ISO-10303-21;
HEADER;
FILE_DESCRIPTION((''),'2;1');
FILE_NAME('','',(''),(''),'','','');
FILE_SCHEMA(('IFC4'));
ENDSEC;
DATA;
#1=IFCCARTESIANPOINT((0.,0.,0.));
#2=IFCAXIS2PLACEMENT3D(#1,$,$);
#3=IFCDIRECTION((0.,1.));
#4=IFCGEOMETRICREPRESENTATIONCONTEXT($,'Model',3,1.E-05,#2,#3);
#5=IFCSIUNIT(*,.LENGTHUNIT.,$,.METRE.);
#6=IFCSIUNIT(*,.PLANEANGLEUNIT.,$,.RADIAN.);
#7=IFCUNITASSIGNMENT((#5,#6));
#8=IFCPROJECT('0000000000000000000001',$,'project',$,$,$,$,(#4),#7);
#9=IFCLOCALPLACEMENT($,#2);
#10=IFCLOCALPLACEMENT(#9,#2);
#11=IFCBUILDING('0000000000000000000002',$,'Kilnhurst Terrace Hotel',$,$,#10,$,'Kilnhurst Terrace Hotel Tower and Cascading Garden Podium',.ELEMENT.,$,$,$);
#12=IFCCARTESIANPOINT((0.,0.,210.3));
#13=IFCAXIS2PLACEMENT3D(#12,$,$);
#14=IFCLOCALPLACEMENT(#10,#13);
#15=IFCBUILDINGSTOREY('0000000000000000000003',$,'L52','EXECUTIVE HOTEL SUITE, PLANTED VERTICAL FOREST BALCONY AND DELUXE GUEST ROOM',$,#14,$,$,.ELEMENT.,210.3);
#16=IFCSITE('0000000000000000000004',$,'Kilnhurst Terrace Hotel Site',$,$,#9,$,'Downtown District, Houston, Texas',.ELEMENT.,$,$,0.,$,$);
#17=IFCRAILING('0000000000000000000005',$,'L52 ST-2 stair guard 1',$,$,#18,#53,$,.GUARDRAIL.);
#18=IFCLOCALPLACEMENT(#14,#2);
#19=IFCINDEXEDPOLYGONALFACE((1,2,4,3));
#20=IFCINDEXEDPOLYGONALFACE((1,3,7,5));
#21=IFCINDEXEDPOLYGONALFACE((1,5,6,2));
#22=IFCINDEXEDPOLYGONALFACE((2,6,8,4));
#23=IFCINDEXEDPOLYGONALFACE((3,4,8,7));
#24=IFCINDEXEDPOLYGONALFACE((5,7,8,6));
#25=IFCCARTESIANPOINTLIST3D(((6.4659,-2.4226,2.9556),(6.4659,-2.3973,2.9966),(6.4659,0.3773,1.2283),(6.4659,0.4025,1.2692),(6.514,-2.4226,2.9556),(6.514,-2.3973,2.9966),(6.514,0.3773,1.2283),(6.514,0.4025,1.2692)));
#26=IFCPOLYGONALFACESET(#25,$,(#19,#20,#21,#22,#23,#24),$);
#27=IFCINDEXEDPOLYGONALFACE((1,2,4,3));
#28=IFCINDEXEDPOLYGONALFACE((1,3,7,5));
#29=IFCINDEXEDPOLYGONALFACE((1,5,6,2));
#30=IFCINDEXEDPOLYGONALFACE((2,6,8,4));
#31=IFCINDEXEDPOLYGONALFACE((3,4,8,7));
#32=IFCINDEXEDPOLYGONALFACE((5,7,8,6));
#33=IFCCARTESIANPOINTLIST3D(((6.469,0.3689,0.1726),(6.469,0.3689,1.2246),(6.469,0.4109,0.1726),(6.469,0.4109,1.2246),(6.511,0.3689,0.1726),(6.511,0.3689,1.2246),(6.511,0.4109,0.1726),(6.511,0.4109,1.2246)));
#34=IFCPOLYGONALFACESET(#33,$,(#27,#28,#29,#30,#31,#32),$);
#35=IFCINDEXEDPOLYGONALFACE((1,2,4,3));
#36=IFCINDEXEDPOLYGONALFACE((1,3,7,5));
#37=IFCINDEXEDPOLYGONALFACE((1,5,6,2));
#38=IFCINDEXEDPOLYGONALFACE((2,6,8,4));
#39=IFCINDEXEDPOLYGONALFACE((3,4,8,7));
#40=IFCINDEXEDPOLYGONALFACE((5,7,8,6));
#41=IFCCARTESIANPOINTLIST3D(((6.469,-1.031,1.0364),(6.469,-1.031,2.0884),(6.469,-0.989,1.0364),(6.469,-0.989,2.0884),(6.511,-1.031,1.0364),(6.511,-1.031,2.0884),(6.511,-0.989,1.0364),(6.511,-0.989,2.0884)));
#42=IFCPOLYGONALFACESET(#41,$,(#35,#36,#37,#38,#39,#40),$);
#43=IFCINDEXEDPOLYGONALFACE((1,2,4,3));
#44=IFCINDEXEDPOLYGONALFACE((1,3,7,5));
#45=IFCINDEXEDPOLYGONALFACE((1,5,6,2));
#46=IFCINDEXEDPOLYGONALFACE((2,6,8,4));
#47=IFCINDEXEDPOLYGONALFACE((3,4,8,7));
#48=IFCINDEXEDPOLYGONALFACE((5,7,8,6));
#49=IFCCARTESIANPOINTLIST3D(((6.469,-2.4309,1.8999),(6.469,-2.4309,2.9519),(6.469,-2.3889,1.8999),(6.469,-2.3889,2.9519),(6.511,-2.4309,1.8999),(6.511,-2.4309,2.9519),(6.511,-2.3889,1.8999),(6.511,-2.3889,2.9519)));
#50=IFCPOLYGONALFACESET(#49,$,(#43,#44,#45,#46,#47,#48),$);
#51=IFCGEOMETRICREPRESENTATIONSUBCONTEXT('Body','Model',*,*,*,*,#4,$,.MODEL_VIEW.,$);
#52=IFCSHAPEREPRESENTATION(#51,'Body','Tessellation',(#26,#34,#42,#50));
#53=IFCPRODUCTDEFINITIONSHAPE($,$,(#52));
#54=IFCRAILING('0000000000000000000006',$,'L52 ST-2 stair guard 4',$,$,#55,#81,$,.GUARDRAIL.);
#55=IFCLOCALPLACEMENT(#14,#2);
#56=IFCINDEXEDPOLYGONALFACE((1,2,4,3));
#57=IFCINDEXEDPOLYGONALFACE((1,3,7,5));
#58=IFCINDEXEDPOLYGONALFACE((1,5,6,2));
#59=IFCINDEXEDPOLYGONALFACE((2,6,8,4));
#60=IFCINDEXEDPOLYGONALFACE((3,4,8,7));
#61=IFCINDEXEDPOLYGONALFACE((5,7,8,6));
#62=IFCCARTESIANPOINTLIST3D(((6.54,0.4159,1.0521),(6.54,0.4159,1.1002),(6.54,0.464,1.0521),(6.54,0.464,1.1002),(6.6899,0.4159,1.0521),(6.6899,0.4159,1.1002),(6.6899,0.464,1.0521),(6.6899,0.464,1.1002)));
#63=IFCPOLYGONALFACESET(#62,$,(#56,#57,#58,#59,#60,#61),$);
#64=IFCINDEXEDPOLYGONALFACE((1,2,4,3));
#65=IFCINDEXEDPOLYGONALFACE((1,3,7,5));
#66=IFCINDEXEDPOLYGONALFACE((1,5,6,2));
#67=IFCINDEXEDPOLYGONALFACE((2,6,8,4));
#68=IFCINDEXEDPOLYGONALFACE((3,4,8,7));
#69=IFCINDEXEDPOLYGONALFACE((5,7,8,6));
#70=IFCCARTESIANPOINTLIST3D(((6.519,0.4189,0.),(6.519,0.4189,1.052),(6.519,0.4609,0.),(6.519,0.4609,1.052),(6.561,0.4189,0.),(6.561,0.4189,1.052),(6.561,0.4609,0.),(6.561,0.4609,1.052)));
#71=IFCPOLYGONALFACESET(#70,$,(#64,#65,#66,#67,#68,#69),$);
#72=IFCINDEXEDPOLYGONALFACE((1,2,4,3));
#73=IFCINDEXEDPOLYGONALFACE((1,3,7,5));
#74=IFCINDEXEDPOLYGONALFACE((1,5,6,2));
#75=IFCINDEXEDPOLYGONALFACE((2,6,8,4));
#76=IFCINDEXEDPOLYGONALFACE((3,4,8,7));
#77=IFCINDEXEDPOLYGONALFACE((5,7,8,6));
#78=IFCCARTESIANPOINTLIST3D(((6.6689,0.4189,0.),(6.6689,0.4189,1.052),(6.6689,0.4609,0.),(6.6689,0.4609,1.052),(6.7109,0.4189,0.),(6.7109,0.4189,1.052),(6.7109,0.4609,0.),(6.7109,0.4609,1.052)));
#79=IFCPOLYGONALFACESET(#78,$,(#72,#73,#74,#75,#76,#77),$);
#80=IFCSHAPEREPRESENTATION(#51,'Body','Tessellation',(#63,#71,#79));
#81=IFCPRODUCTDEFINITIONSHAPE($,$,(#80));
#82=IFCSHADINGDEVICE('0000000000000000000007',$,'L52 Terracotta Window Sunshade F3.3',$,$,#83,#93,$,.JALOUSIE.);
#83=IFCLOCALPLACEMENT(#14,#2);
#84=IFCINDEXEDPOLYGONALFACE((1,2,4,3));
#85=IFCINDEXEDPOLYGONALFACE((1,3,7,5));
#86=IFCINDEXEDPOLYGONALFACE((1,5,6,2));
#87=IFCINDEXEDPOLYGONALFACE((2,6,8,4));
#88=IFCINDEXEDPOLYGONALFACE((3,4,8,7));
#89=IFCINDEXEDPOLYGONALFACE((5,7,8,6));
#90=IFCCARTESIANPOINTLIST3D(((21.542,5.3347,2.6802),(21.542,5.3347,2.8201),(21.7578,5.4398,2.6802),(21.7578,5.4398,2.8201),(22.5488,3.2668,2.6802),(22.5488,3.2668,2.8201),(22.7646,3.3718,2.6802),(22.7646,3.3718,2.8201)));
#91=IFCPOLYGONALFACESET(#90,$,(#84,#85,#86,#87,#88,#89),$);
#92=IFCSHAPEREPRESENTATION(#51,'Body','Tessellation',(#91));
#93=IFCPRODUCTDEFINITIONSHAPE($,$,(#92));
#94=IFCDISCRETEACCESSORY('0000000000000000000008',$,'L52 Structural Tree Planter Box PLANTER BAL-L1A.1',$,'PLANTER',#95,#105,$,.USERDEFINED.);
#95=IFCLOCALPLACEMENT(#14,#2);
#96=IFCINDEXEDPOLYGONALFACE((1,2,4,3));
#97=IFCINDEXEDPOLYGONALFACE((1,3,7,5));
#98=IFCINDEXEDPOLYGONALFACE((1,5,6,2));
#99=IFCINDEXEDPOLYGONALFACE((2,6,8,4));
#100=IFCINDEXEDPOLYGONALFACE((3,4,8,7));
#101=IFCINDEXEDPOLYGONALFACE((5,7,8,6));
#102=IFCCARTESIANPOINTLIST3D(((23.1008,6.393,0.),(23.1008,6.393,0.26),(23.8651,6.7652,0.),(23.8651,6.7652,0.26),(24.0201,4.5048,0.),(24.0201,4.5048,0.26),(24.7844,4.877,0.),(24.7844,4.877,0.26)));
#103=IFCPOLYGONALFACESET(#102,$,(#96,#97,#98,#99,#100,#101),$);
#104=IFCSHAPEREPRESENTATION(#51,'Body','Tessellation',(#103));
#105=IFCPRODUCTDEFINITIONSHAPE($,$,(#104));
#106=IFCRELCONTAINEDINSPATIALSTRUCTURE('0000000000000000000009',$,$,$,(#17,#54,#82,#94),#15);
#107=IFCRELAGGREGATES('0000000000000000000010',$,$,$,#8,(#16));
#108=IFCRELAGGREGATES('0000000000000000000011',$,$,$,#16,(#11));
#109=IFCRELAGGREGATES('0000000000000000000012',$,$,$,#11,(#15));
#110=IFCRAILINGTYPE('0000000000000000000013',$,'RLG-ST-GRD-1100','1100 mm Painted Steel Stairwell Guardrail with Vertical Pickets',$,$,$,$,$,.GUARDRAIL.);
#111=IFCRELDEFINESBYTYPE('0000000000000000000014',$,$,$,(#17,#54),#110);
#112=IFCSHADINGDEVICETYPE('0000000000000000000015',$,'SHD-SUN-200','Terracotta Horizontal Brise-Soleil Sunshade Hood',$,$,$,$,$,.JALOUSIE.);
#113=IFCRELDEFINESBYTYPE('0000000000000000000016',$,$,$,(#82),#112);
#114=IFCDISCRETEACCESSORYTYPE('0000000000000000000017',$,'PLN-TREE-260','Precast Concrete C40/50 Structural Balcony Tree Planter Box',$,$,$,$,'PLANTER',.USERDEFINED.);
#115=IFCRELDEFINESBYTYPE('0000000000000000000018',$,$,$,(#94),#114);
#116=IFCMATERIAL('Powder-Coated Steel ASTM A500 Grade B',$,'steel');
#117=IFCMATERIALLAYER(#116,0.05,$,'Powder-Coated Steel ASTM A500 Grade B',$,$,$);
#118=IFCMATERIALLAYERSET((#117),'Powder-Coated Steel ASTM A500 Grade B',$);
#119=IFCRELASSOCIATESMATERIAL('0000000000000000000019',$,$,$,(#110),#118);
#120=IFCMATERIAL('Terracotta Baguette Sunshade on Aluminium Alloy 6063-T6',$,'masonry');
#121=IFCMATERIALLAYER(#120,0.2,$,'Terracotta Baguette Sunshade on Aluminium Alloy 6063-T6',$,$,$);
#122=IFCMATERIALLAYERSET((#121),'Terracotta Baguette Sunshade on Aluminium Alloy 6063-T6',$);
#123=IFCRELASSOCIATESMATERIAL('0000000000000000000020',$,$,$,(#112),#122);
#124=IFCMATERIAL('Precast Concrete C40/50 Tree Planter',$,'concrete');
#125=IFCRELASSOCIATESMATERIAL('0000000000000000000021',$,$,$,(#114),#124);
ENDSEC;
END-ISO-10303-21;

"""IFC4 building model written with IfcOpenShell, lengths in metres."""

from ifc_helpers import new_model, si_unit, direction, frame, origin, origin_2d, place, context, subcontext, project, spatial, rectangle, extrude, material, layer, layer_set, type_object, element, save


model = new_model("IFC4")

# Units and contexts
model_context = context("Model", 3, precision=1e-05, world=origin(), true_north=direction((0.0, 1.0)))
body_context = subcontext(model_context, "Body", "Model", "MODEL_VIEW")
ifc_project = project(units=[si_unit("LENGTHUNIT", "METRE"), si_unit("PLANEANGLEUNIT", "RADIAN")], contexts=[model_context])

# Site, building, storey
site_placement = place(None, origin())
site = spatial("IfcSite", under=ifc_project, at=site_placement, Name="Kilnhurst Terrace Hotel Site", LongName="Downtown District, Houston, Texas", CompositionType="ELEMENT", RefElevation=0.0)
building_placement = place(site_placement, origin())
building = spatial("IfcBuilding", under=site, at=building_placement, Name="Kilnhurst Terrace Hotel", LongName="Kilnhurst Terrace Hotel Tower and Cascading Garden Podium", CompositionType="ELEMENT")
storey_placement = place(building_placement, frame((0.0, 0.0, 210.3)))
storey = spatial("IfcBuildingStorey", under=building, at=storey_placement, Name="L52", Description="EXECUTIVE HOTEL SUITE, PLANTED VERTICAL FOREST BALCONY AND DELUXE GUEST ROOM", CompositionType="ELEMENT", Elevation=210.3)

# Railings
ifc_material_1 = material(Name="Powder-Coated Steel ASTM A500 Grade B", Category="steel")
ifc_layer_1 = layer(ifc_material_1, 0.05, Name="Powder-Coated Steel ASTM A500 Grade B")
ifc_layer_set_1 = layer_set([ifc_layer_1], Name="Powder-Coated Steel ASTM A500 Grade B")
railing_type = type_object("IfcRailingType", Name="RLG-ST-GRD-1100", Description="1100 mm Painted Steel Stairwell Guardrail with Vertical Pickets", PredefinedType="GUARDRAIL", material=ifc_layer_set_1)
railing_1_placement = place(storey_placement, frame((6.49, 0.3899, 0.1726)))
element("IfcRailing", 1, at=railing_1_placement, inside=storey, type_object=railing_type, Name="L52 ST-2 stair guard 1", PredefinedType="GUARDRAIL", context=body_context, shape_type="SweptSolid", body=[
    extrude(rectangle(XDim=0.0481, YDim=0.0481, at=origin_2d()), frame((0.0, 0.0, 1.0762), z_axis=(0.0, -0.851069, 0.525054), x_axis=(1.0, 0.0, 0.0)), (0.0, 0.0, 1.0), 3.2898),
    extrude(rectangle(XDim=0.042, YDim=0.042, at=origin_2d()), origin(), (0.0, 0.0, 1.0), 1.052),
    extrude(rectangle(XDim=0.042, YDim=0.042, at=origin_2d()), frame((0.0, -1.3999, 0.8638)), (0.0, 0.0, 1.0), 1.052),
    extrude(rectangle(XDim=0.042, YDim=0.042, at=origin_2d()), frame((0.0, -2.7998, 1.7273)), (0.0, 0.0, 1.0), 1.052),
])
railing_2_placement = place(storey_placement, frame((6.54, 0.4399, 0.0)))
element("IfcRailing", 2, at=railing_2_placement, inside=storey, type_object=railing_type, Name="L52 ST-2 stair guard 4", PredefinedType="GUARDRAIL", context=body_context, shape_type="SweptSolid", body=[
    extrude(rectangle(XDim=0.0481, YDim=0.0481, at=origin_2d()), frame((0.0, 0.0, 1.0762), z_axis=(1.0, 0.0, 0.0), x_axis=(0.0, 1.0, 0.0)), (0.0, 0.0, 1.0), 0.1499),
    extrude(rectangle(XDim=0.042, YDim=0.042, at=origin_2d()), origin(), (0.0, 0.0, 1.0), 1.052),
    extrude(rectangle(XDim=0.042, YDim=0.042, at=origin_2d()), frame((0.1499, 0.0, 0.0)), (0.0, 0.0, 1.0), 1.052),
])

# Shading device
ifc_material_2 = material(Name="Terracotta Baguette Sunshade on Aluminium Alloy 6063-T6", Category="masonry")
ifc_layer_2 = layer(ifc_material_2, 0.2, Name="Terracotta Baguette Sunshade on Aluminium Alloy 6063-T6")
ifc_layer_set_2 = layer_set([ifc_layer_2], Name="Terracotta Baguette Sunshade on Aluminium Alloy 6063-T6")
shading_device_type = type_object("IfcShadingDeviceType", Name="SHD-SUN-200", Description="Terracotta Horizontal Brise-Soleil Sunshade Hood", PredefinedType="JALOUSIE", material=ifc_layer_set_2)
shading_device_placement = place(storey_placement, frame((22.1533, 4.3533, 2.6802), z_axis=(0.0, 0.0, 1.0), x_axis=(-0.437744, 0.8991, 0.0)))
element("IfcShadingDevice", 3, at=shading_device_placement, inside=storey, type_object=shading_device_type, Name="L52 Terracotta Window Sunshade F3.3", PredefinedType="JALOUSIE", context=body_context, shape_type="SweptSolid", body=[
    extrude(rectangle(XDim=2.3, YDim=0.24, at=origin_2d()), origin(), (0.0, 0.0, 1.0), 0.1399),
])

# Discrete accessory
ifc_material_3 = material(Name="Precast Concrete C40/50 Tree Planter", Category="concrete")
discrete_accessory_type = type_object("IfcDiscreteAccessoryType", Name="PLN-TREE-260", Description="Precast Concrete C40/50 Structural Balcony Tree Planter Box", ElementType="PLANTER", PredefinedType="USERDEFINED", material=ifc_material_3)
discrete_accessory_placement = place(storey_placement, frame((23.9426, 5.635, 0.0), z_axis=(0.0, 0.0, 1.0), x_axis=(-0.437744, 0.8991, 0.0)))
element("IfcDiscreteAccessory", 4, at=discrete_accessory_placement, inside=storey, type_object=discrete_accessory_type, Name="L52 Structural Tree Planter Box PLANTER BAL-L1A.1", ObjectType="PLANTER", PredefinedType="USERDEFINED", context=body_context, shape_type="SweptSolid", body=[
    extrude(rectangle(XDim=2.1001, YDim=0.8501, at=origin_2d()), origin(), (0.0, 0.0, 1.0), 0.26),
])

save(model, "model.ifc")
